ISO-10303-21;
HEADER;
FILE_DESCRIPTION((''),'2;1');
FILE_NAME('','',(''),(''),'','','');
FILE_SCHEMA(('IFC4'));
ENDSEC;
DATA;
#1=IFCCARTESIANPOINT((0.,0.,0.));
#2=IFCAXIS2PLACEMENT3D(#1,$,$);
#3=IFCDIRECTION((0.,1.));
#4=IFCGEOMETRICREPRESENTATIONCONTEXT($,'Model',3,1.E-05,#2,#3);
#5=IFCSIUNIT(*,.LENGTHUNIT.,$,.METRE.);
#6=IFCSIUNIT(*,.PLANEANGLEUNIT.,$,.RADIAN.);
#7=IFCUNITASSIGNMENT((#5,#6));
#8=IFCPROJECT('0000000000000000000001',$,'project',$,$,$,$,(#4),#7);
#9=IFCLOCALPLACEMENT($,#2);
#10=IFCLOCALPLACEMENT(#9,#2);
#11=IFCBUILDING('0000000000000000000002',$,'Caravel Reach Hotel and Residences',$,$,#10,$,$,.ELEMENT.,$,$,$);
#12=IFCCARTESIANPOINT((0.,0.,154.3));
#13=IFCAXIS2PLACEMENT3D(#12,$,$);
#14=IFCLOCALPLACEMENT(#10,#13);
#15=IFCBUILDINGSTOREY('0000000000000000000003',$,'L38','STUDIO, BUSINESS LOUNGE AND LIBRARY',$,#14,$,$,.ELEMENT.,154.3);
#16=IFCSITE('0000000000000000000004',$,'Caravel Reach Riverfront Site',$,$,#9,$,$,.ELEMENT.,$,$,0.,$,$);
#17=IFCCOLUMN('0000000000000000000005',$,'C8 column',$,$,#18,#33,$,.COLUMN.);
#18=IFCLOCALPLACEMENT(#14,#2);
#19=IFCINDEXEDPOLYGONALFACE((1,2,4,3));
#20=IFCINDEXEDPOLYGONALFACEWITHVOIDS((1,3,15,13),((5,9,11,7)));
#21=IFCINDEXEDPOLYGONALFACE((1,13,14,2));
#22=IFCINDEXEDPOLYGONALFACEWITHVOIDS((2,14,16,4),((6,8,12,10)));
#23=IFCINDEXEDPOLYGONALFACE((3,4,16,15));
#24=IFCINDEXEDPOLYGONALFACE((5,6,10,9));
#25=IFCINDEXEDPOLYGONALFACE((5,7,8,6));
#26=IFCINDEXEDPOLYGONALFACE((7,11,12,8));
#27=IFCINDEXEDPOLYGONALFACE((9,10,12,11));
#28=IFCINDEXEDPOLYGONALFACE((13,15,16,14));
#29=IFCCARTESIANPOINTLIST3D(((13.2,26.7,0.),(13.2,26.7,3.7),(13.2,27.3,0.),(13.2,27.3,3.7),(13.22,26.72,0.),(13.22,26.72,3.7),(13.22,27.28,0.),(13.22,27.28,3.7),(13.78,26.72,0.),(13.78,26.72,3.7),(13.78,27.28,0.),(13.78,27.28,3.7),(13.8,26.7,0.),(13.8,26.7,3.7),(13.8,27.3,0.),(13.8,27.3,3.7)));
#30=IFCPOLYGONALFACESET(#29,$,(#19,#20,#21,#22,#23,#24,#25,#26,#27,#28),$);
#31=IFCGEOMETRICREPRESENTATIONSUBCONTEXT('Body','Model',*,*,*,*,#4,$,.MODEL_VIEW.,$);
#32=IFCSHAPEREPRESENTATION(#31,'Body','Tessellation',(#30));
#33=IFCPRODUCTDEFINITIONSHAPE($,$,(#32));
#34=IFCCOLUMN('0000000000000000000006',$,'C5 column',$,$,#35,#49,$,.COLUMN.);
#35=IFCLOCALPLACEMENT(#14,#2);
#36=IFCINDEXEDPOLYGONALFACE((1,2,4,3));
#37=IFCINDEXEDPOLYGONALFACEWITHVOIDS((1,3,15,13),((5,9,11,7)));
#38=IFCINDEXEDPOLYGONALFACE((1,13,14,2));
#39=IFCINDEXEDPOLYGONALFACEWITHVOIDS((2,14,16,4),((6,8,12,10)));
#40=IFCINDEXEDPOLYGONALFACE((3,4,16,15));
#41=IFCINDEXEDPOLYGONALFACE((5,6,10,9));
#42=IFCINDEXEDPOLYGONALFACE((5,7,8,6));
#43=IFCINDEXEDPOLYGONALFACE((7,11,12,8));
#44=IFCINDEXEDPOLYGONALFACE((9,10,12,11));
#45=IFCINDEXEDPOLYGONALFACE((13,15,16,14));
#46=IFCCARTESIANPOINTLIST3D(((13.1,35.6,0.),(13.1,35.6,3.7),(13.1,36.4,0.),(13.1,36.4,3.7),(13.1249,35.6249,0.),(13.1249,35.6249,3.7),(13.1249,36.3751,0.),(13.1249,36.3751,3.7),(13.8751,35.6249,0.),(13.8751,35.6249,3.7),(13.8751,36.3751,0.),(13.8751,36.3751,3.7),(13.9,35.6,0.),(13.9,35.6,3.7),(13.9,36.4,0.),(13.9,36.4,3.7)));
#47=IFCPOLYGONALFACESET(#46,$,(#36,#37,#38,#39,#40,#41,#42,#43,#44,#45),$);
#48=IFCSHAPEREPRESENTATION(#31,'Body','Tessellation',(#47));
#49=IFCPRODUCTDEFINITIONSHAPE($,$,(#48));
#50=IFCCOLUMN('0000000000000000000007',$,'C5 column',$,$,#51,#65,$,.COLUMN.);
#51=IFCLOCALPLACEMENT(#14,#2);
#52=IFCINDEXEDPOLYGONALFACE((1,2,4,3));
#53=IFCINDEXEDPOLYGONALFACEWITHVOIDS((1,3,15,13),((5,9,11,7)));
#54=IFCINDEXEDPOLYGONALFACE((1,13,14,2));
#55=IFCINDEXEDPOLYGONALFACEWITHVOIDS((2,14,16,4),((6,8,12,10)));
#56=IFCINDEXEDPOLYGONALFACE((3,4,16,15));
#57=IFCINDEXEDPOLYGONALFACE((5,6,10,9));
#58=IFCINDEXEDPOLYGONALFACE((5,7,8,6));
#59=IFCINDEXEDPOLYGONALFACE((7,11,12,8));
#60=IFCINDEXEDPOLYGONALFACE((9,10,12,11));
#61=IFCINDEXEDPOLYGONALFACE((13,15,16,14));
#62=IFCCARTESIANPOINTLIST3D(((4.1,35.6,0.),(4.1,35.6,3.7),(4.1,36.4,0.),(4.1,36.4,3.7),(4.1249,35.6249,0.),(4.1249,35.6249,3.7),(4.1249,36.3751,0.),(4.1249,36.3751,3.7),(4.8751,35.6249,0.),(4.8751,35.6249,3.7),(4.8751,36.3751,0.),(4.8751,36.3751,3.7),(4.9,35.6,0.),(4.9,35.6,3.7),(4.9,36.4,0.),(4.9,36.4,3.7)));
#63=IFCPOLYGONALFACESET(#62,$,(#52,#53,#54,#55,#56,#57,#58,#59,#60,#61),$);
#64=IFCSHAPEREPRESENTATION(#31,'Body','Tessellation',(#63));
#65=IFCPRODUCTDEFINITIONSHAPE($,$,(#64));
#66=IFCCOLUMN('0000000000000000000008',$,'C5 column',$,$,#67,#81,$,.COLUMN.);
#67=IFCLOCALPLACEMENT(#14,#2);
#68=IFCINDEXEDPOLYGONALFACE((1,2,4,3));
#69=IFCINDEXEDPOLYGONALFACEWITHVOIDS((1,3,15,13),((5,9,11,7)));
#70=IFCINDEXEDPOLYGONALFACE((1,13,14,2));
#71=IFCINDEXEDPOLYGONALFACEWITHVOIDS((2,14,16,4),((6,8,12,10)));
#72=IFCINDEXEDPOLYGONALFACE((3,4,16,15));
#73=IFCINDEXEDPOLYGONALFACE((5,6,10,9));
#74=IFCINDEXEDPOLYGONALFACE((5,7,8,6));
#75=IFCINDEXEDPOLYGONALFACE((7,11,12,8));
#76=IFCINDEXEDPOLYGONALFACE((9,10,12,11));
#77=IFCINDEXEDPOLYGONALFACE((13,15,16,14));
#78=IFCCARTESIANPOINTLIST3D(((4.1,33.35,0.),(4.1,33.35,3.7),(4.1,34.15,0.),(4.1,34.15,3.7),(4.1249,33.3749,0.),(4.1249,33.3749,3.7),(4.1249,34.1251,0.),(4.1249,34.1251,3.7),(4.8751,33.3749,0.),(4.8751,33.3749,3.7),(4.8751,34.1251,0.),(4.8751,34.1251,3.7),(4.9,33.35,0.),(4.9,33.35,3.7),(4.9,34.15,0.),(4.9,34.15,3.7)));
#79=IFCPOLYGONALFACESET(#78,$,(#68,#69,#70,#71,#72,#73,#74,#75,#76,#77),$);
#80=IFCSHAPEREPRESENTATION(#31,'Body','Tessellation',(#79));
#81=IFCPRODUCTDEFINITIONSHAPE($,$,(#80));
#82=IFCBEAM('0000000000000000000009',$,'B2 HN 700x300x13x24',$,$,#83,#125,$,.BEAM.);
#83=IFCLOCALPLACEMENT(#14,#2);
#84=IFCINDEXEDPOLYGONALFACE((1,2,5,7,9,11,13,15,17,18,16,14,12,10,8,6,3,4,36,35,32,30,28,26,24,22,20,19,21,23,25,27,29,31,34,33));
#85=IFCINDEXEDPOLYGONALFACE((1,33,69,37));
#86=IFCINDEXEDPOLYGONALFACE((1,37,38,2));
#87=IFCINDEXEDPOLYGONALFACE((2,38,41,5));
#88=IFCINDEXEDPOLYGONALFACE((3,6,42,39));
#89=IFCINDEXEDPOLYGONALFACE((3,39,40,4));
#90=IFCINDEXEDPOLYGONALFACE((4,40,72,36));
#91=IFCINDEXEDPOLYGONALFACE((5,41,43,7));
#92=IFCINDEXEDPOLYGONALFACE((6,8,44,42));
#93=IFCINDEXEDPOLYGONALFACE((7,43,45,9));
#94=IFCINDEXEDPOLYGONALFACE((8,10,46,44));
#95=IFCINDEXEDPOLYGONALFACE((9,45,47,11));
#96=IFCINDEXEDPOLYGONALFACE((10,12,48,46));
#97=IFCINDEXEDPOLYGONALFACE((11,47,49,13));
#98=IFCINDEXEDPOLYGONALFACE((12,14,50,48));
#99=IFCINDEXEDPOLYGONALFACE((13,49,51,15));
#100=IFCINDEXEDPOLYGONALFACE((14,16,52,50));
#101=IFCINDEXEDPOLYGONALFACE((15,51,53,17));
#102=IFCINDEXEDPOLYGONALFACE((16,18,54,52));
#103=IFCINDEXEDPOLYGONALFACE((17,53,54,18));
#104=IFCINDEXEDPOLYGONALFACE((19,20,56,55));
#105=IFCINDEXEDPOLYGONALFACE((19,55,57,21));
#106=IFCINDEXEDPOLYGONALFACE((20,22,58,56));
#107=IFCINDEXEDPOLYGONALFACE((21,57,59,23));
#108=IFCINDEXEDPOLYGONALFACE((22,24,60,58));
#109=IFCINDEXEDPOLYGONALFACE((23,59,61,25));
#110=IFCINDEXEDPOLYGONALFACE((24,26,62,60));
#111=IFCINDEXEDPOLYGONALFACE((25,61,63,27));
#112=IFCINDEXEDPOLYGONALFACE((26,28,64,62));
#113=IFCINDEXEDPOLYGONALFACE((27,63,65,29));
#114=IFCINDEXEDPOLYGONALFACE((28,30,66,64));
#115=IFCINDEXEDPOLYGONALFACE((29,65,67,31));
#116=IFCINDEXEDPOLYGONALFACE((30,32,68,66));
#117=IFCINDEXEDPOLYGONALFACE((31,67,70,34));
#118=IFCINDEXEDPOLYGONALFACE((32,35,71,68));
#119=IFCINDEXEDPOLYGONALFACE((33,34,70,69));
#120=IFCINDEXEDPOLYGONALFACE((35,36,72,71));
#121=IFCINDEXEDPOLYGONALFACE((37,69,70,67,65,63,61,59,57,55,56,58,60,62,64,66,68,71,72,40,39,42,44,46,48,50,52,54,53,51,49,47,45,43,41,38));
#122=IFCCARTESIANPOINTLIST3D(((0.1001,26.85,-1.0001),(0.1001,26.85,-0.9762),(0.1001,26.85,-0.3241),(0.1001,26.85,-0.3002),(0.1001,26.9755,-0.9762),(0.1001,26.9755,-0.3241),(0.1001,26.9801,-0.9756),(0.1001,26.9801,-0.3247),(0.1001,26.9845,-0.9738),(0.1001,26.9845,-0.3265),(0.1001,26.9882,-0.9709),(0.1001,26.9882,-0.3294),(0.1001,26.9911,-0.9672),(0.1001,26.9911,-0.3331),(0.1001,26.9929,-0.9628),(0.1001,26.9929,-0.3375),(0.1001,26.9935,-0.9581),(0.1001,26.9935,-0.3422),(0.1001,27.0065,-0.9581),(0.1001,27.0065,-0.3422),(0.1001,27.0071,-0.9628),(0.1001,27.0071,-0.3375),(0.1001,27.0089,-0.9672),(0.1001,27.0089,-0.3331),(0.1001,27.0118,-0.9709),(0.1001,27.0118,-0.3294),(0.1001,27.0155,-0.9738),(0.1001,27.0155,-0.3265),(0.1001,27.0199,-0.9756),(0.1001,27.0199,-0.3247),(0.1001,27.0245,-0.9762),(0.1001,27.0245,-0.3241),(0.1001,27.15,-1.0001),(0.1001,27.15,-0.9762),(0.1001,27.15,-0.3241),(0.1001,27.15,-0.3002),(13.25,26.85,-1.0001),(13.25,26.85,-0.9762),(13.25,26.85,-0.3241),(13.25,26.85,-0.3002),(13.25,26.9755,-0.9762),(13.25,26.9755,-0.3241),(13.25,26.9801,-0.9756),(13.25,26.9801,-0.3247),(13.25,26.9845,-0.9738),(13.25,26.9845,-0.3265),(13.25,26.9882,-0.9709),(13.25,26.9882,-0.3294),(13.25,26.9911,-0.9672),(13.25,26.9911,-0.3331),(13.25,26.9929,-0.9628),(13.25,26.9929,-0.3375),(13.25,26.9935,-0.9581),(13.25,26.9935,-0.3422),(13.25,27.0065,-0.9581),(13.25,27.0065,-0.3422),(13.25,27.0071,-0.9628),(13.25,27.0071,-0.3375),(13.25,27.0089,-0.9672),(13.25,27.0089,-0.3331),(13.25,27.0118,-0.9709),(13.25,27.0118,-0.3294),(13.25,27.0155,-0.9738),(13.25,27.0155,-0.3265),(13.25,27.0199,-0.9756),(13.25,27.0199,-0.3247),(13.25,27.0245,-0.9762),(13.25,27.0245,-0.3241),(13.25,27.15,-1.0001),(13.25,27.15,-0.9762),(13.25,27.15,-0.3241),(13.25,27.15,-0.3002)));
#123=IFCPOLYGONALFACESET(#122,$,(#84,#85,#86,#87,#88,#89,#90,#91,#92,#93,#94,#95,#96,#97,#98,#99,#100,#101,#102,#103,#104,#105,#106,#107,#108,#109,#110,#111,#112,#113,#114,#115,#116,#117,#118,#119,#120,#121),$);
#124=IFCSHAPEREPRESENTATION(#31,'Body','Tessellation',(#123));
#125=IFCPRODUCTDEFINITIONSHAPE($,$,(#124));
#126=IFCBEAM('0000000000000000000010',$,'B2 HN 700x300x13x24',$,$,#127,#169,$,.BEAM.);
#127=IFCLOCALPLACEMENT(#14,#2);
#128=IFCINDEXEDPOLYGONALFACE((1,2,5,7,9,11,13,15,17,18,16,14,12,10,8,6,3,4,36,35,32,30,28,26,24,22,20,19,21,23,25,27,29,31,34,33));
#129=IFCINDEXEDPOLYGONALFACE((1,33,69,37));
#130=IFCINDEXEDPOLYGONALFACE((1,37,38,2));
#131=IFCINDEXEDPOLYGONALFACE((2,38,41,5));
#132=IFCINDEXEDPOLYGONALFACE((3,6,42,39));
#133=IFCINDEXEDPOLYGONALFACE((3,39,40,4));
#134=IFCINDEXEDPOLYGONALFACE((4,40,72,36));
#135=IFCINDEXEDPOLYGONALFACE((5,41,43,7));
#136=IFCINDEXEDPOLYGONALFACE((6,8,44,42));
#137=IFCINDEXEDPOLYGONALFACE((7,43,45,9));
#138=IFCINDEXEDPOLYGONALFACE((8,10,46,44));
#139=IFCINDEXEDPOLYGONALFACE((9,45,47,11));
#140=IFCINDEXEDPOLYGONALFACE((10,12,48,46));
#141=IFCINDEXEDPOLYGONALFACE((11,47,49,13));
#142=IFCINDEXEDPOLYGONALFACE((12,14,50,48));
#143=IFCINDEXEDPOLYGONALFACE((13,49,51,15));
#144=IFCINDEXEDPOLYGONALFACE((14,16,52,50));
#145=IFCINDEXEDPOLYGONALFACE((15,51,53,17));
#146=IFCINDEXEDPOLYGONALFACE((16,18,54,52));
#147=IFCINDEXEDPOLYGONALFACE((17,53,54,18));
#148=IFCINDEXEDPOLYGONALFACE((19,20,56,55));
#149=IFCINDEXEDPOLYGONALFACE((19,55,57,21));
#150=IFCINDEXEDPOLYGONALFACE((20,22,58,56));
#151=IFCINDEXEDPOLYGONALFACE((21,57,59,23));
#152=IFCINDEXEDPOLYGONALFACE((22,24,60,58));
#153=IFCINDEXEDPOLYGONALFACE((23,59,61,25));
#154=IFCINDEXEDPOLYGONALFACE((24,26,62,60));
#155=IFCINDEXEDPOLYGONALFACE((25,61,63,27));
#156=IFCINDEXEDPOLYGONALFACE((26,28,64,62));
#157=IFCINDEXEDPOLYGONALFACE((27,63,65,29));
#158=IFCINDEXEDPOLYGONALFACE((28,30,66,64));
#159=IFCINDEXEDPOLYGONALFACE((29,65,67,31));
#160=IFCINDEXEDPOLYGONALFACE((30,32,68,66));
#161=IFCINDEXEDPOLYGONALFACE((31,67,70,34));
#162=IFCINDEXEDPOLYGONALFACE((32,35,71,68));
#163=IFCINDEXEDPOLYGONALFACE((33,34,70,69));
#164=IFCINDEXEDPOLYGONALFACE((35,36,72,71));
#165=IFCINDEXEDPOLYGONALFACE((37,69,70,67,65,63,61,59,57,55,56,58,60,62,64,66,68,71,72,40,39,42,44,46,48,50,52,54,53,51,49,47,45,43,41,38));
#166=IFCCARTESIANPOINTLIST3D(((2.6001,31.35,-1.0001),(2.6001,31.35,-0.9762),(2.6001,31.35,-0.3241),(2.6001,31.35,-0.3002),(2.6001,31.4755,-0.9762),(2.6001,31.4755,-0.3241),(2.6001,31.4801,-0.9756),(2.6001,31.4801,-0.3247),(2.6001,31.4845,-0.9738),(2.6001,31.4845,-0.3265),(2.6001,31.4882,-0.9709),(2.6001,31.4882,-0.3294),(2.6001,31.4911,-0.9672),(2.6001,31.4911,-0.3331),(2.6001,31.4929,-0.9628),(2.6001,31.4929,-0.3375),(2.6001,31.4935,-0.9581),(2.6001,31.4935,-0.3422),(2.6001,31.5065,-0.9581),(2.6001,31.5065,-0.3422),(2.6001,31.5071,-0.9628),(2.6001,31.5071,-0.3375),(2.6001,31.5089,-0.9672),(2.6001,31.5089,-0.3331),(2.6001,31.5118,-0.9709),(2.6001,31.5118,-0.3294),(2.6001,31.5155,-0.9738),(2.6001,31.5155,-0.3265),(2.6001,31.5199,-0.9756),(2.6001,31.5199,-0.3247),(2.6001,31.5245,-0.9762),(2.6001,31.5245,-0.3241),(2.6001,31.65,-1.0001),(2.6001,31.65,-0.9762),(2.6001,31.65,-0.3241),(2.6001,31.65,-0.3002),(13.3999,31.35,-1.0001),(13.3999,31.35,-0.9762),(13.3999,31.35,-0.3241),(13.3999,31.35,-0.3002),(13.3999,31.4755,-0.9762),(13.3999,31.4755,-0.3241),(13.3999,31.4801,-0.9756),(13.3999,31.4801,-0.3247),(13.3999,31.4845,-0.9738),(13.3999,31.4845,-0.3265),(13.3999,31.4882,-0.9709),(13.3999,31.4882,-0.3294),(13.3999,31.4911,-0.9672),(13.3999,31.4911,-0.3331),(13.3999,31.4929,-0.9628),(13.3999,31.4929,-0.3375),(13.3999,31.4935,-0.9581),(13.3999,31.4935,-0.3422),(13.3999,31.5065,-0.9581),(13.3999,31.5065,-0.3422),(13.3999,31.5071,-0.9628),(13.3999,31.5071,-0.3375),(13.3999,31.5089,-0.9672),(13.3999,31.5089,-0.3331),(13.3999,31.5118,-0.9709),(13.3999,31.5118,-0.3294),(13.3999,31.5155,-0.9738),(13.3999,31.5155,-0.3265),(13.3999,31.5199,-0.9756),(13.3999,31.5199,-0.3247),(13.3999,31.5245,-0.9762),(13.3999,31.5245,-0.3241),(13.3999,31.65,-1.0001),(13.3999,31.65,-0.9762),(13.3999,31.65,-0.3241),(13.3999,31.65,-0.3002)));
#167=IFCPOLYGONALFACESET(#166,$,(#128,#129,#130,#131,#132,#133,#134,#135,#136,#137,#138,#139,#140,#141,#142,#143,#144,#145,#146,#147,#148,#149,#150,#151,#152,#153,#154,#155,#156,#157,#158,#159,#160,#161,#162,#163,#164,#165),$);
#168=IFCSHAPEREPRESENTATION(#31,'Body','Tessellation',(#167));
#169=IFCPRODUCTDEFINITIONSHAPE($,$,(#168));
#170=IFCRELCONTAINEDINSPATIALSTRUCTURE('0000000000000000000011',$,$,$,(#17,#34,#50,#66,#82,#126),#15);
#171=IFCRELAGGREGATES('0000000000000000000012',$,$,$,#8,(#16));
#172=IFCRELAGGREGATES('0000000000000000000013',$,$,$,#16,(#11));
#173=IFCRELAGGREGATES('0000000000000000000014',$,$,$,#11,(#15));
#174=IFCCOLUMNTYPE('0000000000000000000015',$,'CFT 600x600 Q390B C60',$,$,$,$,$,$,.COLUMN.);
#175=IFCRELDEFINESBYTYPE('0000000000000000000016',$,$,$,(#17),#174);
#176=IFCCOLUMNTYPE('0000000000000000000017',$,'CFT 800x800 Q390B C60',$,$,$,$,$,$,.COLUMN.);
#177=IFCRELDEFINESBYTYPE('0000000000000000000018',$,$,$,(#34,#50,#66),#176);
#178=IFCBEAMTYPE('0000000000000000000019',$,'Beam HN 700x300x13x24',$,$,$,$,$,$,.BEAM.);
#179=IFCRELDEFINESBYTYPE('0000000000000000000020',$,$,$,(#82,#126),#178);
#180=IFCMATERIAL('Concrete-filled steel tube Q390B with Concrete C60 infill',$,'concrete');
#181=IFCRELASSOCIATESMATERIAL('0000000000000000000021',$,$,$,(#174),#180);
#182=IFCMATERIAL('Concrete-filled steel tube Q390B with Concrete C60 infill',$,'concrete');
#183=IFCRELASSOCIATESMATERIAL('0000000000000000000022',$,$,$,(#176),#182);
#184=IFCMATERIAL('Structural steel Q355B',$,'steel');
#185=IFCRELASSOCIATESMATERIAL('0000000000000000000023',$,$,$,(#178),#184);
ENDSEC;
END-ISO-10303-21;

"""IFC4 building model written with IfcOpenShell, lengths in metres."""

from ifc_helpers import new_model, si_unit, direction, frame, origin, origin_2d, place, context, subcontext, project, spatial, hollow_rectangle, i_section, extrude, material, material_profile, profile_set, type_object, element, save


model = new_model("IFC4")

# Units and contexts
model_context = context("Model", 3, precision=1e-05, world=origin(), true_north=direction((0.0, 1.0)))
body_context = subcontext(model_context, "Body", "Model", "MODEL_VIEW")
ifc_project = project(units=[si_unit("LENGTHUNIT", "METRE"), si_unit("PLANEANGLEUNIT", "RADIAN")], contexts=[model_context])

# Site, building, storey
site_placement = place(None, origin())
site = spatial("IfcSite", under=ifc_project, at=site_placement, Name="Caravel Reach Riverfront Site", CompositionType="ELEMENT", RefElevation=0.0)
building_placement = place(site_placement, origin())
building = spatial("IfcBuilding", under=site, at=building_placement, Name="Caravel Reach Hotel and Residences", CompositionType="ELEMENT")
storey_placement = place(building_placement, frame((0.0, 0.0, 154.3)))
storey = spatial("IfcBuildingStorey", under=building, at=storey_placement, Name="L38", Description="STUDIO, BUSINESS LOUNGE AND LIBRARY", CompositionType="ELEMENT", Elevation=154.3)

# Columns
ifc_material_1 = material(Name="Concrete-filled steel tube Q390B with Concrete C60 infill", Category="concrete")
ifc_material_profile_1 = material_profile(ifc_material_1, hollow_rectangle(XDim=0.6001, YDim=0.6001, WallThickness=0.02, at=origin_2d()), Name="RHS 600x600x20")
ifc_profile_set_1 = profile_set([ifc_material_profile_1], Name="Concrete-filled steel tube Q390B with Concrete C60 infill")
column_type_1 = type_object("IfcColumnType", Name="CFT 600x600 Q390B C60", PredefinedType="COLUMN", material=ifc_profile_set_1)
column_placement = place(storey_placement, frame((13.5, 27.0, 0.0), z_axis=(0.0, 0.0, 1.0), x_axis=(1.0, 0.0, 0.0)))
element("IfcColumn", 1, at=column_placement, inside=storey, type_object=column_type_1, Name="C8 column", PredefinedType="COLUMN", context=body_context, shape_type="SweptSolid", body=[
    extrude(hollow_rectangle(XDim=0.6001, YDim=0.6001, WallThickness=0.02, at=origin_2d()), origin(), (0.0, 0.0, 1.0), 3.7),
])
ifc_material_2 = material(Name="Concrete-filled steel tube Q390B with Concrete C60 infill", Category="concrete")
ifc_material_profile_2 = material_profile(ifc_material_2, hollow_rectangle(XDim=0.8, YDim=0.8, WallThickness=0.0249, at=origin_2d()), Name="RHS 800x800x25")
ifc_profile_set_2 = profile_set([ifc_material_profile_2], Name="Concrete-filled steel tube Q390B with Concrete C60 infill")
column_type_2 = type_object("IfcColumnType", Name="CFT 800x800 Q390B C60", PredefinedType="COLUMN", material=ifc_profile_set_2)
for number, where, z_axis, x_axis, name in (
    (2, (13.5, 36.0, 0.0), (0.0, 0.0, 1.0), (1.0, 0.0, 0.0), "C5 column"),
    (3, (4.5, 36.0, 0.0), (0.0, 0.0, 1.0), (1.0, 0.0, 0.0), "C5 column"),
    (4, (4.5, 33.75, 0.0), (0.0, 0.0, 1.0), (1.0, 0.0, 0.0), "C5 column"),
):
    element("IfcColumn", number, at=place(storey_placement, frame(where, z_axis=z_axis, x_axis=x_axis)), inside=storey, type_object=column_type_2, Name=name, PredefinedType="COLUMN", context=body_context, shape_type="SweptSolid", body=[
        extrude(hollow_rectangle(XDim=0.8, YDim=0.8, WallThickness=0.0249, at=origin_2d()), origin(), (0.0, 0.0, 1.0), 3.7),
    ])

# Beams
ifc_material_3 = material(Name="Structural steel Q355B", Category="steel")
ifc_material_profile_3 = material_profile(ifc_material_3, i_section(OverallWidth=0.3, OverallDepth=0.7, WebThickness=0.0129, FlangeThickness=0.0239, FilletRadius=0.0181, at=origin_2d()), Name="HN 700x300x13x24")
ifc_profile_set_3 = profile_set([ifc_material_profile_3], Name="Structural steel Q355B")
beam_type_1 = type_object("IfcBeamType", Name="Beam HN 700x300x13x24", PredefinedType="BEAM", material=ifc_profile_set_3)
beam_1_placement = place(storey_placement, frame((13.25, 27.0, -0.6501), z_axis=(-1.0, 0.0, 0.0), x_axis=(0.0, -1.0, 0.0)))
element("IfcBeam", 5, at=beam_1_placement, inside=storey, type_object=beam_type_1, Name="B2 HN 700x300x13x24", PredefinedType="BEAM", context=body_context, shape_type="SweptSolid", body=[
    extrude(i_section(OverallWidth=0.3, OverallDepth=0.7, WebThickness=0.0129, FlangeThickness=0.0239, FilletRadius=0.0181, at=origin_2d()), origin(), (0.0, 0.0, 1.0), 13.1499),
])
beam_2_placement = place(storey_placement, frame((13.3999, 31.5, -0.6501), z_axis=(-1.0, 0.0, 0.0), x_axis=(0.0, -1.0, 0.0)))
element("IfcBeam", 6, at=beam_2_placement, inside=storey, type_object=beam_type_1, Name="B2 HN 700x300x13x24", PredefinedType="BEAM", context=body_context, shape_type="SweptSolid", body=[
    extrude(i_section(OverallWidth=0.3, OverallDepth=0.7, WebThickness=0.0129, FlangeThickness=0.0239, FilletRadius=0.0181, at=origin_2d()), origin(), (0.0, 0.0, 1.0), 10.7998),
])

save(model, "model.ifc")
